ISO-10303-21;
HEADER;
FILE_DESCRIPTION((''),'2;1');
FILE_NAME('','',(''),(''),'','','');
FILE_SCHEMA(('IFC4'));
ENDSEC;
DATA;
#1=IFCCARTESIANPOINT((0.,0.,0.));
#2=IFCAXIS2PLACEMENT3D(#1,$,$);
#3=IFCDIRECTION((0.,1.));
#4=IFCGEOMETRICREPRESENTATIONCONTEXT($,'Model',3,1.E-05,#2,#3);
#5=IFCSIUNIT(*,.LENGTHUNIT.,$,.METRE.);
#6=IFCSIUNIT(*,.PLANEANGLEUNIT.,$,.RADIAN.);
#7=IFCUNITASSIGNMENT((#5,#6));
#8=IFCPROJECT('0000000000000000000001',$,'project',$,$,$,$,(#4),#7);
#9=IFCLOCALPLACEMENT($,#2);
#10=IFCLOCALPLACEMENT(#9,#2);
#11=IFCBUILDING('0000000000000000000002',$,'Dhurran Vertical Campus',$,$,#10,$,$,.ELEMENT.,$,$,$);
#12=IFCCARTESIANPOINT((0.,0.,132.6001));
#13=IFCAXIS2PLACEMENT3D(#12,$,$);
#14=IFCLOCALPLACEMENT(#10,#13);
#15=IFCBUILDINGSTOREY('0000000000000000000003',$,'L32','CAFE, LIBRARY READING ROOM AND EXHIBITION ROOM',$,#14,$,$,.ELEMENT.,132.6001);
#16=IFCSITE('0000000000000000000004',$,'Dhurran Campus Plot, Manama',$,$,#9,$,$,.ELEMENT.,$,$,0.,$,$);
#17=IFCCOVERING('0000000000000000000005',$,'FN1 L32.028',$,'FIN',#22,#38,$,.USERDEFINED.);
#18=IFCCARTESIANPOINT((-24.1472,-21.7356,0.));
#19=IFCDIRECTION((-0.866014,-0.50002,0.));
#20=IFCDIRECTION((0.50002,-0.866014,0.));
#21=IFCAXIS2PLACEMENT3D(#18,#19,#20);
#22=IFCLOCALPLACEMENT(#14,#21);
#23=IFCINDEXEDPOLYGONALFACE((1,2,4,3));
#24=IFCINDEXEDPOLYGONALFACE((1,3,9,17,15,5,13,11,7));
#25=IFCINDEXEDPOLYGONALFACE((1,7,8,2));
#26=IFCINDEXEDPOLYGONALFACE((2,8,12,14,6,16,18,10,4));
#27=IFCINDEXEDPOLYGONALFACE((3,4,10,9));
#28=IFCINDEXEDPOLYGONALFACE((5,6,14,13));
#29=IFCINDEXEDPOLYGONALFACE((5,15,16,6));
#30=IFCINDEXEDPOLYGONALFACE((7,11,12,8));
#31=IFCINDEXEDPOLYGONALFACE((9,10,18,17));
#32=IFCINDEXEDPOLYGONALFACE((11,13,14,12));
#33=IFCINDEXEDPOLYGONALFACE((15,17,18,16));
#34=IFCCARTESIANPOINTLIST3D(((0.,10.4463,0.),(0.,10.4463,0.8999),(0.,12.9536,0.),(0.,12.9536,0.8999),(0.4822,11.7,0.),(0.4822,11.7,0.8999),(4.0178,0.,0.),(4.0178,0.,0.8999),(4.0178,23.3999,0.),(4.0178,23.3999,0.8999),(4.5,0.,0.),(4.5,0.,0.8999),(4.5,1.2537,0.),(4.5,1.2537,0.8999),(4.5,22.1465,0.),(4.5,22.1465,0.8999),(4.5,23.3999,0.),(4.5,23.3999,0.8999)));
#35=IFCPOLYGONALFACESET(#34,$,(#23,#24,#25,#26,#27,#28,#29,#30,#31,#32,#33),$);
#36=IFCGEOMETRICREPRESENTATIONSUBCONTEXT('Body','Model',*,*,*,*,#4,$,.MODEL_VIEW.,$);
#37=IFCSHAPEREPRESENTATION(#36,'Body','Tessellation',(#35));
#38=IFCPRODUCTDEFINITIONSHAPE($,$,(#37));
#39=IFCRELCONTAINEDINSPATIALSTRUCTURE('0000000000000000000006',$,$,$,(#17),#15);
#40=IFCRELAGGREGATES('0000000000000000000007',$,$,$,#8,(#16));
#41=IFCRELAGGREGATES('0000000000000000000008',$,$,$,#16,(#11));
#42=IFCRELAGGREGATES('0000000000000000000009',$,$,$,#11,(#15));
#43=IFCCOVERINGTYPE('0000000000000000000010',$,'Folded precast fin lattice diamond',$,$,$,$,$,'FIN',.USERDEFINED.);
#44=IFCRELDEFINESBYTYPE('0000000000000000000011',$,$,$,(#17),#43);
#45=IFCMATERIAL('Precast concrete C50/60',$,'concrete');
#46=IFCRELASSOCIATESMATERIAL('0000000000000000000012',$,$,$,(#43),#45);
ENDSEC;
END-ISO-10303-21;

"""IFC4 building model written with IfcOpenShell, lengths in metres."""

from ifc_helpers import new_model, si_unit, direction, frame, origin, place, context, subcontext, project, spatial, polyline, outline, extrude, material, type_object, element, save


model = new_model("IFC4")

# Units and contexts
model_context = context("Model", 3, precision=1e-05, world=origin(), true_north=direction((0.0, 1.0)))
body_context = subcontext(model_context, "Body", "Model", "MODEL_VIEW")
ifc_project = project(units=[si_unit("LENGTHUNIT", "METRE"), si_unit("PLANEANGLEUNIT", "RADIAN")], contexts=[model_context])

# Site, building, storey
site_placement = place(None, origin())
site = spatial("IfcSite", under=ifc_project, at=site_placement, Name="Dhurran Campus Plot, Manama", CompositionType="ELEMENT", RefElevation=0.0)
building_placement = place(site_placement, origin())
building = spatial("IfcBuilding", under=site, at=building_placement, Name="Dhurran Vertical Campus", CompositionType="ELEMENT")
storey_placement = place(building_placement, frame((0.0, 0.0, 132.6001)))
storey = spatial("IfcBuildingStorey", under=building, at=storey_placement, Name="L32", Description="CAFE, LIBRARY READING ROOM AND EXHIBITION ROOM", CompositionType="ELEMENT", Elevation=132.6001)

# Covering
ifc_material_1 = material(Name="Precast concrete C50/60", Category="concrete")
covering_type = type_object("IfcCoveringType", Name="Folded precast fin lattice diamond", ElementType="FIN", PredefinedType="USERDEFINED", material=ifc_material_1)
covering_1_placement = place(storey_placement, frame((-24.1472, -21.7356, 0.0), z_axis=(-0.866014, -0.50002, 0.0), x_axis=(0.50002, -0.866014, 0.0)))
element("IfcCovering", 1, at=covering_1_placement, inside=storey, type_object=covering_type, Name="FN1 L32.028", ObjectType="FIN", PredefinedType="USERDEFINED", context=body_context, shape_type="SweptSolid", body=[
    extrude(outline(polyline([(4.0178, 0.0), (0.0, 10.4463), (0.0, 12.9536), (4.0178, 23.3999), (4.5, 23.3999), (4.5, 22.1465), (0.4822, 11.7), (4.5, 1.2537), (4.5, 0.0), (4.0178, 0.0)])), origin(), (0.0, 0.0, 1.0), 0.8999),
])

save(model, "model.ifc")
